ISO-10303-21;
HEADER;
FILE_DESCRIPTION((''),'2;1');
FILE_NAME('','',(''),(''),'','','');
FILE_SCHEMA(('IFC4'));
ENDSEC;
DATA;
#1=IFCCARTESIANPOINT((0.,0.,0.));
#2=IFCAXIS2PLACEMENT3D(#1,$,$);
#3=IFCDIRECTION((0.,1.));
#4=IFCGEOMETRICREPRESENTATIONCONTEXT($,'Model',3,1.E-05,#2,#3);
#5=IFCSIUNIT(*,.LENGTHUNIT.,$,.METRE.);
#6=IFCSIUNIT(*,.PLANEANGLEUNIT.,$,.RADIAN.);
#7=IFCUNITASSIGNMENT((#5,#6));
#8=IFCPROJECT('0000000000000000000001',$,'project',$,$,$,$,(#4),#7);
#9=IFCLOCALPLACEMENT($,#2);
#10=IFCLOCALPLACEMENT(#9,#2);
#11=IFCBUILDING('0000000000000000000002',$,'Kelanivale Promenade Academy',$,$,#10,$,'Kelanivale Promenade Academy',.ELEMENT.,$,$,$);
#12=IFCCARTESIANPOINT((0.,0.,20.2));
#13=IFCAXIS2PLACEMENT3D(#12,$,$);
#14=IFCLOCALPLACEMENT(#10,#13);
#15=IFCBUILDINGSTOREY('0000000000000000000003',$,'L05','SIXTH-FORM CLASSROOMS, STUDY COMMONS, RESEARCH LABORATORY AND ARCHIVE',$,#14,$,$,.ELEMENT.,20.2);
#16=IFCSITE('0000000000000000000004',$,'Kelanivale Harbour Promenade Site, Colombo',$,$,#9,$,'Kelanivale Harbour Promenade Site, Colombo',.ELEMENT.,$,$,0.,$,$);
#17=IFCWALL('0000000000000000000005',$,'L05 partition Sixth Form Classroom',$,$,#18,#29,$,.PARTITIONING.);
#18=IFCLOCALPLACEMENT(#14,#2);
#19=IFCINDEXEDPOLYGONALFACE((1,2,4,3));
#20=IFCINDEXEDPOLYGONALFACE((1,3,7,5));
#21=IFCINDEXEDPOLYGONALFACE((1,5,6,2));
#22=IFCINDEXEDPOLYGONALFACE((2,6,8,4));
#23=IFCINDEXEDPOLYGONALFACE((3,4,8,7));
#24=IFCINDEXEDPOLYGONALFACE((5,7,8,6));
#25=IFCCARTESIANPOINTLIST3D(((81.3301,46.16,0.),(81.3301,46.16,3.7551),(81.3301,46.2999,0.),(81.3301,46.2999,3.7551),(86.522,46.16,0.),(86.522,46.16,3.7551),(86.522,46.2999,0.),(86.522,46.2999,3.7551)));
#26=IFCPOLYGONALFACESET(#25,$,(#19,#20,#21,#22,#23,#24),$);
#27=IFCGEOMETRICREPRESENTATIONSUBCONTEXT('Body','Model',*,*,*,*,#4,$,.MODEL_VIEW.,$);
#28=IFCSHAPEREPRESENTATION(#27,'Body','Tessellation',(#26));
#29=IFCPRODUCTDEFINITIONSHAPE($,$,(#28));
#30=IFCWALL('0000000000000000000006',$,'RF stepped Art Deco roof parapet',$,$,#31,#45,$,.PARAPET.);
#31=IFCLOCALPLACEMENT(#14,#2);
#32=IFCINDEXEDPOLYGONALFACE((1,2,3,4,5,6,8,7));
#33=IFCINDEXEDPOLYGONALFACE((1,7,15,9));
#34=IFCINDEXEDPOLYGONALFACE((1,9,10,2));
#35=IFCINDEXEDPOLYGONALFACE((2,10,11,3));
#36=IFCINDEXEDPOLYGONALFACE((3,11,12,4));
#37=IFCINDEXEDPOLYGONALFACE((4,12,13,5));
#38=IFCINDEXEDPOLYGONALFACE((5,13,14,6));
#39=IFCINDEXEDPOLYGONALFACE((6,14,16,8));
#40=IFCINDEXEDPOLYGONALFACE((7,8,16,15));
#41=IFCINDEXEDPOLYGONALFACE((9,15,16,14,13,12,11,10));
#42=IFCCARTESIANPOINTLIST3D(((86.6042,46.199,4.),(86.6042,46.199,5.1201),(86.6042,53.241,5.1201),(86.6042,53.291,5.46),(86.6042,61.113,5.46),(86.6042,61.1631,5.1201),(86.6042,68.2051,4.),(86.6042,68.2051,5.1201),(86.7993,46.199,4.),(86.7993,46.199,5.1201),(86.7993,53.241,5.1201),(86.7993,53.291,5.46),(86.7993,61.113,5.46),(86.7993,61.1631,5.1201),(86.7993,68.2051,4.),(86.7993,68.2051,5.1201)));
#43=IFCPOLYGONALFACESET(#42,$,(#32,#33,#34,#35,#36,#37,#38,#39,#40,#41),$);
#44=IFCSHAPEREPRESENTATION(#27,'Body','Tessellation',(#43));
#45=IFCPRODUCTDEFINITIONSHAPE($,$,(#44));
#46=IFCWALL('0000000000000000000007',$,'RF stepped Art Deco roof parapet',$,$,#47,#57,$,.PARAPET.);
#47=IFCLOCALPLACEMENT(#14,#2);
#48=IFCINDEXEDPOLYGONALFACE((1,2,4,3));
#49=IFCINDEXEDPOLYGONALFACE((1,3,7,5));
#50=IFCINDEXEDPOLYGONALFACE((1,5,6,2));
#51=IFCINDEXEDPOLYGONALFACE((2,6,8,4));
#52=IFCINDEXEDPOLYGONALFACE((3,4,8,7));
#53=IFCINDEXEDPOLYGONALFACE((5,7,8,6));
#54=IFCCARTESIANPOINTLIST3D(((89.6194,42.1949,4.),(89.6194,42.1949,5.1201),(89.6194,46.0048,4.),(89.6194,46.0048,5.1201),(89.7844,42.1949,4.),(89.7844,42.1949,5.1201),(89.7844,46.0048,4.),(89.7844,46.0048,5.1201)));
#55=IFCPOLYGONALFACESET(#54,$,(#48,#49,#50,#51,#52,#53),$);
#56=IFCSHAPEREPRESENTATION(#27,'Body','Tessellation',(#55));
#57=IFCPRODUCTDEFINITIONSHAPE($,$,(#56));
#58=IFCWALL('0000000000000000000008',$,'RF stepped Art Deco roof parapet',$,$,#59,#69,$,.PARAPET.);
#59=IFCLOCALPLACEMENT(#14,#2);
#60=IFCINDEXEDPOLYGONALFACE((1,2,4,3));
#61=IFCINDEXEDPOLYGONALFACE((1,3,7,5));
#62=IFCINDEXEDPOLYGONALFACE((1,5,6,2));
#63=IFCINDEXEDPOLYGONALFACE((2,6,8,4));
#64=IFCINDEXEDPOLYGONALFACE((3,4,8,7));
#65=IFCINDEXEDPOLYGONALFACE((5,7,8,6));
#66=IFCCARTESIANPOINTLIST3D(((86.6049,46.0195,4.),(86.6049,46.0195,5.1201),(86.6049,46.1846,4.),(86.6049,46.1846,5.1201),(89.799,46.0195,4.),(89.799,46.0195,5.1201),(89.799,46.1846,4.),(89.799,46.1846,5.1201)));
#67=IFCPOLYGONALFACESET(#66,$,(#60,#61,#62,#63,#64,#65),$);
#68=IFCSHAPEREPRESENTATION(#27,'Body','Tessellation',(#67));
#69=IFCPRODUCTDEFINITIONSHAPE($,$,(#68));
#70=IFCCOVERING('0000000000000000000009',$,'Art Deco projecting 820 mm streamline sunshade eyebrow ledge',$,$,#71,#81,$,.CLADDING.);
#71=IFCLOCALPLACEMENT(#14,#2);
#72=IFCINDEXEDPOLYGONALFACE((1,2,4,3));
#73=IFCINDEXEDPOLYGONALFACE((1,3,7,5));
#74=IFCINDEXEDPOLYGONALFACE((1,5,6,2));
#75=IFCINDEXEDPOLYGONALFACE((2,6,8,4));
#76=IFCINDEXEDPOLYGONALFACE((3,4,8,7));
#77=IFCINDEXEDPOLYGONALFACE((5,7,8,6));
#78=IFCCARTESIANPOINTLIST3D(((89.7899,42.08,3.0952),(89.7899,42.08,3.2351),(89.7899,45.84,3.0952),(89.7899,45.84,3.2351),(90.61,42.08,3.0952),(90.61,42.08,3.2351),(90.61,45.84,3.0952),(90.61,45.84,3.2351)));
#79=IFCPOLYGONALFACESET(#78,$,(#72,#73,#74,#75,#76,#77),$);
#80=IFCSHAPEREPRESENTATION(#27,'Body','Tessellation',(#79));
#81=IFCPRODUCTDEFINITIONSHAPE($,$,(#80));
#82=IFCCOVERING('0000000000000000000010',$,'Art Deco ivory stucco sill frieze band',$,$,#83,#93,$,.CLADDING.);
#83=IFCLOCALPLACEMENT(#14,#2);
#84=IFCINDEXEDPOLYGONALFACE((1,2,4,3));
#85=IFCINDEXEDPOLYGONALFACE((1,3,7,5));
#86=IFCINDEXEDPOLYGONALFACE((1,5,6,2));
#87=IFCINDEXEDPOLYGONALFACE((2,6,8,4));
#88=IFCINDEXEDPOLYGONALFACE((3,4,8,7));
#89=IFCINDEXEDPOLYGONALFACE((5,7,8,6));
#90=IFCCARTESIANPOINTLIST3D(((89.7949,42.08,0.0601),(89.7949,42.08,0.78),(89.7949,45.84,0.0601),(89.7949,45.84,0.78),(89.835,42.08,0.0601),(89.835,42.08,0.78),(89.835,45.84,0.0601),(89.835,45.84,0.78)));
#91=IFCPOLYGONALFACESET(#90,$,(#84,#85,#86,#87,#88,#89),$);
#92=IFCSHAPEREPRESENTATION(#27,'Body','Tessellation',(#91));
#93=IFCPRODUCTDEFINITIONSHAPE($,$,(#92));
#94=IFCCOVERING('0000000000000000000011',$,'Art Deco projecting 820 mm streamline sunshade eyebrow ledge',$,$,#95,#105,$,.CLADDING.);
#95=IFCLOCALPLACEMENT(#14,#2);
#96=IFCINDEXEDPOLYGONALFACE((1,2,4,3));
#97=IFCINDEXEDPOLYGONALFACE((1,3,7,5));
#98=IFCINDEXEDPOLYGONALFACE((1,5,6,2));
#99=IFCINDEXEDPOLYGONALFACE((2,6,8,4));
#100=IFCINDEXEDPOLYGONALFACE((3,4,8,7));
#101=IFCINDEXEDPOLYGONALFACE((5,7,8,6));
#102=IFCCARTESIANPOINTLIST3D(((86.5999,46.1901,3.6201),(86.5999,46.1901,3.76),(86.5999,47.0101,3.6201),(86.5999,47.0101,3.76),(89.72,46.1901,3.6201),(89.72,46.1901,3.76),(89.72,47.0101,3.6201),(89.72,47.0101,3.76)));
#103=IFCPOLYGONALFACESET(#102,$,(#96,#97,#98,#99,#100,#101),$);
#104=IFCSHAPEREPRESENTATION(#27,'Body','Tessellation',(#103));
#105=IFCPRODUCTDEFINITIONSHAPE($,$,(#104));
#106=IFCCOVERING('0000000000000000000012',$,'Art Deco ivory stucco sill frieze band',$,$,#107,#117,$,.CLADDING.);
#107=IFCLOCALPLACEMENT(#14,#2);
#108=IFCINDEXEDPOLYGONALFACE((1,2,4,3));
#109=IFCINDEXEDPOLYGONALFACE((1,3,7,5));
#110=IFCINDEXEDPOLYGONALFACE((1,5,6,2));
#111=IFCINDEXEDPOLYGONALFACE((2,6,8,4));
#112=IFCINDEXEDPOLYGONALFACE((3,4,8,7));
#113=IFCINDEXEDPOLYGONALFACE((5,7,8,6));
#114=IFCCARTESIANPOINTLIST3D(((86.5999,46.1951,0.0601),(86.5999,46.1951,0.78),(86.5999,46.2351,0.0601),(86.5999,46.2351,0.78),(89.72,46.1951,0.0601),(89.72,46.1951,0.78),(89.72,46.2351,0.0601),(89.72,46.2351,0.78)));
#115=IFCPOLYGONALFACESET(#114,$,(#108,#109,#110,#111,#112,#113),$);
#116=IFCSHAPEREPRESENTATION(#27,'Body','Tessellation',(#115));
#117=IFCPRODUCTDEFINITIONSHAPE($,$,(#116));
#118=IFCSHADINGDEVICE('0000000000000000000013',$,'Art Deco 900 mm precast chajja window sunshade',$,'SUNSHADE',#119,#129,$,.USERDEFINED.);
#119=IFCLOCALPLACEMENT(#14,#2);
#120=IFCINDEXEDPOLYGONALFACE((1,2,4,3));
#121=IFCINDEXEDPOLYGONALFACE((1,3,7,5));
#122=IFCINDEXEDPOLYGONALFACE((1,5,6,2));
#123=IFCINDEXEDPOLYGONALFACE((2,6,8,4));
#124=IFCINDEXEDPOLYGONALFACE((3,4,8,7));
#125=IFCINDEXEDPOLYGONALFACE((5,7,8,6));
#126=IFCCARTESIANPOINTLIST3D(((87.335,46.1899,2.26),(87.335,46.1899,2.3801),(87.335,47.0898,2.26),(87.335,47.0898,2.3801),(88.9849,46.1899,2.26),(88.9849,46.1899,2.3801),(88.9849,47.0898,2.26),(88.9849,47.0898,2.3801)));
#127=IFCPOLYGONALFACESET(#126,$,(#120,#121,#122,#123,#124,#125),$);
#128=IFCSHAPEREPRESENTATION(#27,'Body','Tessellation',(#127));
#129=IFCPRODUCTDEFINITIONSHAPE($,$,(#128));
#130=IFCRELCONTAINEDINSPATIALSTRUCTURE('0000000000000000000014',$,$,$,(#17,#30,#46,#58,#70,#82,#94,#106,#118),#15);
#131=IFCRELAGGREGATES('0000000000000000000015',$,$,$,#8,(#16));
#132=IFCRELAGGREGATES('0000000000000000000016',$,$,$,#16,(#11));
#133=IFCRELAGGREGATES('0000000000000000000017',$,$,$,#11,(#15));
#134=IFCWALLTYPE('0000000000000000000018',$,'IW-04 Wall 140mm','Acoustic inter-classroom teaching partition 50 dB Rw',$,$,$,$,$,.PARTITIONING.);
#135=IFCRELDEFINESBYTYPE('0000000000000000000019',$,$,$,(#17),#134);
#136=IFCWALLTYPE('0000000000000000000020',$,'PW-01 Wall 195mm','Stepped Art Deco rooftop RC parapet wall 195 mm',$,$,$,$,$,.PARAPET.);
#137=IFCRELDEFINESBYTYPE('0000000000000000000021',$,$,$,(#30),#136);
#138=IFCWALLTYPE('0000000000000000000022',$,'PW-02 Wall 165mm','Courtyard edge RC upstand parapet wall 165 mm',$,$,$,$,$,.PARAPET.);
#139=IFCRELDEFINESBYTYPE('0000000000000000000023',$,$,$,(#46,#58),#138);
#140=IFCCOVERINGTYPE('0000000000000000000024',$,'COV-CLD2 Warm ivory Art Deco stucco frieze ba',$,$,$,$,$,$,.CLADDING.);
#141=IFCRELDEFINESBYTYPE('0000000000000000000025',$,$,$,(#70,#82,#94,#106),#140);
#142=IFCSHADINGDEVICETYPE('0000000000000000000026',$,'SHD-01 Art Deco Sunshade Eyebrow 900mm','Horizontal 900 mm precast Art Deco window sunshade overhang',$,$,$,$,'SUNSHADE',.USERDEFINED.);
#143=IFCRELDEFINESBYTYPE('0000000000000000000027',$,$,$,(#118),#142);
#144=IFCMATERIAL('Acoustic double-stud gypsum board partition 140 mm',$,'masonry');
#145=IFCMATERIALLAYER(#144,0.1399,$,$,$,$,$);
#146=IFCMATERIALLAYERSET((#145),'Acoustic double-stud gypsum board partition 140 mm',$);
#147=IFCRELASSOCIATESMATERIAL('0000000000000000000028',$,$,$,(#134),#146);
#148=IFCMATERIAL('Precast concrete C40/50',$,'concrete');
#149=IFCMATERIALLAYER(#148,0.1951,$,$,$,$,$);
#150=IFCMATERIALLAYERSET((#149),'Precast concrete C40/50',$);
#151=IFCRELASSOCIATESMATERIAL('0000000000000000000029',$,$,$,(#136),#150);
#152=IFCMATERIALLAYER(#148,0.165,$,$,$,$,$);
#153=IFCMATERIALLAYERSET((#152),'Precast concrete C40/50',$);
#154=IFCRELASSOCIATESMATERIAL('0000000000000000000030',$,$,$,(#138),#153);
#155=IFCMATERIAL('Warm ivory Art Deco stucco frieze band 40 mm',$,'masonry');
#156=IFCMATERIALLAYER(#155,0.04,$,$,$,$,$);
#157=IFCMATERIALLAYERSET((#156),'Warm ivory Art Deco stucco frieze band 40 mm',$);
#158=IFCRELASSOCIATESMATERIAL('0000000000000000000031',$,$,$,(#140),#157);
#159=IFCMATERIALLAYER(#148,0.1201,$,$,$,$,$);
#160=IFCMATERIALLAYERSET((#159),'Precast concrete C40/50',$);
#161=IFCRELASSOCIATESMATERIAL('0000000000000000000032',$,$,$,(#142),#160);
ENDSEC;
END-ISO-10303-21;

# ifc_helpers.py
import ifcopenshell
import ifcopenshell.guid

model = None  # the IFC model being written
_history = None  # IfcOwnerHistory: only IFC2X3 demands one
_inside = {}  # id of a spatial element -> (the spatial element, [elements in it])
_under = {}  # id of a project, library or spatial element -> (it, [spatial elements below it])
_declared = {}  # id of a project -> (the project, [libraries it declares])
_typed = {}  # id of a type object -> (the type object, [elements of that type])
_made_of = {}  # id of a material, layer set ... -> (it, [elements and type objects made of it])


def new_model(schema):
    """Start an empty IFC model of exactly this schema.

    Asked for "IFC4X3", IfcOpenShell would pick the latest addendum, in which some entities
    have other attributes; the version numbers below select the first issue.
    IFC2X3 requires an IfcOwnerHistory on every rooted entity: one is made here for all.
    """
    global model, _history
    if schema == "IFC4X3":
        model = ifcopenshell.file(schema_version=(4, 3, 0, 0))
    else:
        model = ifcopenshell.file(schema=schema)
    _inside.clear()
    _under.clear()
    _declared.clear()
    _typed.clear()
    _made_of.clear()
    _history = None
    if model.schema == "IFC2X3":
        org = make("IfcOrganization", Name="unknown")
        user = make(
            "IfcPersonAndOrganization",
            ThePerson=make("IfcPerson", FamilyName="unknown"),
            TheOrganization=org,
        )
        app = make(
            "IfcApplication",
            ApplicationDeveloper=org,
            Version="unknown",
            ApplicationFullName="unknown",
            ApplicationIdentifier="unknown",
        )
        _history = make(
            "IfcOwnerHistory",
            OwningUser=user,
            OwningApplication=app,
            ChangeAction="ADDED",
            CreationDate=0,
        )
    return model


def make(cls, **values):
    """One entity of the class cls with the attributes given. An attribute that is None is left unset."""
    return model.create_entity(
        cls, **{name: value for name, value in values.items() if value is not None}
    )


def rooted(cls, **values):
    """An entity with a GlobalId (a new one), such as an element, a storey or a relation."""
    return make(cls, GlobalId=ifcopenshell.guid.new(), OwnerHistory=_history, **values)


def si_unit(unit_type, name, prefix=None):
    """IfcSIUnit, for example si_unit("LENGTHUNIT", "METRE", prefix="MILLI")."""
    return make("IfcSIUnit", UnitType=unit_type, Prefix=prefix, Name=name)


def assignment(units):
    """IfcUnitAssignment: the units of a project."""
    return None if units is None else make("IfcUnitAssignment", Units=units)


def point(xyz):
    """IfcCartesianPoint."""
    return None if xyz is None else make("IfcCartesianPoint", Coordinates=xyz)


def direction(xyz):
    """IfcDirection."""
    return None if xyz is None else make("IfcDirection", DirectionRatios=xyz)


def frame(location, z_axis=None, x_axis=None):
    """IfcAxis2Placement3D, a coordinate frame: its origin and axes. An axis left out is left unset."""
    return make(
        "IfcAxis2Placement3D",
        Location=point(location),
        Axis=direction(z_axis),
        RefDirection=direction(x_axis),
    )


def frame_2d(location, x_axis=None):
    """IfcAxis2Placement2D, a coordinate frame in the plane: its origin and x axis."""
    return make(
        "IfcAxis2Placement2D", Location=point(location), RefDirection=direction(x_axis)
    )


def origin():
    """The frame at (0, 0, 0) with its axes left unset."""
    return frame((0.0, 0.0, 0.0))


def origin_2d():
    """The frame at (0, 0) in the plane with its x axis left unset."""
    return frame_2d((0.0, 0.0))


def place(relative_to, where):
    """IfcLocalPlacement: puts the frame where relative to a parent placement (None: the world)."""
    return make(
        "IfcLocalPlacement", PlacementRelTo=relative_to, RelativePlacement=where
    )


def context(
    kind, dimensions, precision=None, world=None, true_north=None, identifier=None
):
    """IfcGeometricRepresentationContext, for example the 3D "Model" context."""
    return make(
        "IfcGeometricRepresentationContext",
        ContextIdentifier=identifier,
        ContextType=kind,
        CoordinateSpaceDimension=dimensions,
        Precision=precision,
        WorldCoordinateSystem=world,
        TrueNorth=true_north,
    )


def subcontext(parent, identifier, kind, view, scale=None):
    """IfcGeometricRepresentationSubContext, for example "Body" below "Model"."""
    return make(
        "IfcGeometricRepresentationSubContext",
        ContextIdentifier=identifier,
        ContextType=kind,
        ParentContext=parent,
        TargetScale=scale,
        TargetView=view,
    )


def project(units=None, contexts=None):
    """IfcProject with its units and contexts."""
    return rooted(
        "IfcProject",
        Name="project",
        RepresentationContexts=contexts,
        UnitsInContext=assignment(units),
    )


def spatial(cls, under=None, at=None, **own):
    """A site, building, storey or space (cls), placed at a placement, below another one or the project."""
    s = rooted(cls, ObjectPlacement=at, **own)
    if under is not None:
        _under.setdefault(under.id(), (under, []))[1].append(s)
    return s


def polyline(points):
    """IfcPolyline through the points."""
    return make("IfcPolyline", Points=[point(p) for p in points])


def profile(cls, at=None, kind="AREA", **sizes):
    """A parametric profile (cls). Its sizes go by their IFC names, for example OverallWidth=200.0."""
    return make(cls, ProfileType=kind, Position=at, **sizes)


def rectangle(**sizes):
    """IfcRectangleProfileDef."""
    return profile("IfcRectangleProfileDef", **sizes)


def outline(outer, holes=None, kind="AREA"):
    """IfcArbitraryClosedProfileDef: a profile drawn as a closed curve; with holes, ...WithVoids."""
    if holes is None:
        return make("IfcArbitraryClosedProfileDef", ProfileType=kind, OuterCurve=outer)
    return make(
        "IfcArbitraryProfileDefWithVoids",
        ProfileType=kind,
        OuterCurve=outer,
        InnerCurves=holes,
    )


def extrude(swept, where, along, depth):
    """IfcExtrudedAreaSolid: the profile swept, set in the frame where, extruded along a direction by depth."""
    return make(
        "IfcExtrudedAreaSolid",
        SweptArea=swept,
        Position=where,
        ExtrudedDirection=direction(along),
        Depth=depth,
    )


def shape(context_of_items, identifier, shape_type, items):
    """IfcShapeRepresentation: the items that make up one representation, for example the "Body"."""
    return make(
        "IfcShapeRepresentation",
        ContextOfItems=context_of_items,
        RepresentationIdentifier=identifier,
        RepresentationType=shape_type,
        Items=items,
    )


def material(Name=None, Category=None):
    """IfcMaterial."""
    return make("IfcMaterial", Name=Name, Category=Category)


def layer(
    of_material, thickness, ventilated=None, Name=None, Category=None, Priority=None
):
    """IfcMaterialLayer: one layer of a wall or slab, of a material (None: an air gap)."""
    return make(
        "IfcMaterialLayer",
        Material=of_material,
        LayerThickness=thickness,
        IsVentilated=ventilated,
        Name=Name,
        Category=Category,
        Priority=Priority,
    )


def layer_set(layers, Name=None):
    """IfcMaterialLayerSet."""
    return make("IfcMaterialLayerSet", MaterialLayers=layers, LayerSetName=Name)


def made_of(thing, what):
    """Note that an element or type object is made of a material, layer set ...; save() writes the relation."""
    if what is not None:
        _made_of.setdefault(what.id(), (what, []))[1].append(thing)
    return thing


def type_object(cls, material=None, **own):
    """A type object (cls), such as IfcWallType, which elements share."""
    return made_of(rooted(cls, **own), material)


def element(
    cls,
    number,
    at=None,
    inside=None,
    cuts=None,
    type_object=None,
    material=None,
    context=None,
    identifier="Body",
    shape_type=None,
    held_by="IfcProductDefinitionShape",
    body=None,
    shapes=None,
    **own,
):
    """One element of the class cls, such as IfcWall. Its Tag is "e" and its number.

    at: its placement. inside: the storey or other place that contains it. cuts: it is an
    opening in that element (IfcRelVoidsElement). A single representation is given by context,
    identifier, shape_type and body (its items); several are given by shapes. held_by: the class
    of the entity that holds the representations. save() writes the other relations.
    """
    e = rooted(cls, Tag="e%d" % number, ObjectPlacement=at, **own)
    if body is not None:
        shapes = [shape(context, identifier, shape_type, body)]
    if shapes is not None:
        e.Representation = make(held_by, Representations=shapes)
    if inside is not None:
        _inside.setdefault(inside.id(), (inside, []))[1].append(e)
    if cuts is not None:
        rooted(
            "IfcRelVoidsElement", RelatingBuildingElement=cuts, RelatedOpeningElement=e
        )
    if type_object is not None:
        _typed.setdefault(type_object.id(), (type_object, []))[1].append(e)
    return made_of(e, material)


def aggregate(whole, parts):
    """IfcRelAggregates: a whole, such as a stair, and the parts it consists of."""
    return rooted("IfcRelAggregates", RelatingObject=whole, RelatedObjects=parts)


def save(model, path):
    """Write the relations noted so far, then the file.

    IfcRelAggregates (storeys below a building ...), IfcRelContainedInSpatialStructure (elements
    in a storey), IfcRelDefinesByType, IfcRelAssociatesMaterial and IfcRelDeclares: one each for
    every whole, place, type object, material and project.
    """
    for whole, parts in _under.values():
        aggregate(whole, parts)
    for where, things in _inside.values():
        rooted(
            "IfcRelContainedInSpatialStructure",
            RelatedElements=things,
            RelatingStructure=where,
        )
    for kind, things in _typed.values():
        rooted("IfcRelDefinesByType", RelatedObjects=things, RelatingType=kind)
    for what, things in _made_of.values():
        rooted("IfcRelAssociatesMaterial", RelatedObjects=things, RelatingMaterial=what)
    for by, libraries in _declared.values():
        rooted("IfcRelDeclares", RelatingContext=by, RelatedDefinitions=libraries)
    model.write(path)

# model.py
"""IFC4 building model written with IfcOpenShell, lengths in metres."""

from ifc_helpers import new_model, si_unit, direction, frame, frame_2d, origin, origin_2d, place, context, subcontext, project, spatial, polyline, rectangle, outline, extrude, material, layer, layer_set, type_object, element, save


model = new_model("IFC4")

# Units and contexts
model_context = context("Model", 3, precision=1e-05, world=origin(), true_north=direction((0.0, 1.0)))
body_context = subcontext(model_context, "Body", "Model", "MODEL_VIEW")
ifc_project = project(units=[si_unit("LENGTHUNIT", "METRE"), si_unit("PLANEANGLEUNIT", "RADIAN")], contexts=[model_context])

# Site, building, storey
site_placement = place(None, origin())
site = spatial("IfcSite", under=ifc_project, at=site_placement, Name="Kelanivale Harbour Promenade Site, Colombo", LongName="Kelanivale Harbour Promenade Site, Colombo", CompositionType="ELEMENT", RefElevation=0.0)
building_placement = place(site_placement, origin())
building = spatial("IfcBuilding", under=site, at=building_placement, Name="Kelanivale Promenade Academy", LongName="Kelanivale Promenade Academy", CompositionType="ELEMENT")
storey_placement = place(building_placement, frame((0.0, 0.0, 20.2)))
storey = spatial("IfcBuildingStorey", under=building, at=storey_placement, Name="L05", Description="SIXTH-FORM CLASSROOMS, STUDY COMMONS, RESEARCH LABORATORY AND ARCHIVE", CompositionType="ELEMENT", Elevation=20.2)

# Walls
ifc_material_1 = material(Name="Acoustic double-stud gypsum board partition 140 mm", Category="masonry")
ifc_layer_1 = layer(ifc_material_1, 0.1399)
ifc_layer_set_1 = layer_set([ifc_layer_1], Name="Acoustic double-stud gypsum board partition 140 mm")
wall_type_1 = type_object("IfcWallType", Name="IW-04 Wall 140mm", Description="Acoustic inter-classroom teaching partition 50 dB Rw", PredefinedType="PARTITIONING", material=ifc_layer_set_1)
wall_1_placement = place(storey_placement, frame((81.3301, 46.23, 0.0), z_axis=(0.0, 0.0, 1.0), x_axis=(1.0, 0.0, 0.0)))
element("IfcWall", 1, at=wall_1_placement, inside=storey, type_object=wall_type_1, Name="L05 partition Sixth Form Classroom", PredefinedType="PARTITIONING", context=body_context, shape_type="SweptSolid", body=[
    extrude(rectangle(XDim=5.1919, YDim=0.1399, at=frame_2d((2.5959, 0.0))), origin(), (0.0, 0.0, 1.0), 3.7551),
])
ifc_material_2 = material(Name="Precast concrete C40/50", Category="concrete")
ifc_layer_2 = layer(ifc_material_2, 0.1951)
ifc_layer_set_2 = layer_set([ifc_layer_2], Name="Precast concrete C40/50")
wall_type_2 = type_object("IfcWallType", Name="PW-01 Wall 195mm", Description="Stepped Art Deco rooftop RC parapet wall 195 mm", PredefinedType="PARAPET", material=ifc_layer_set_2)
wall_2_placement = place(storey_placement, frame((86.7019, 46.199, 4.0), z_axis=(0.0, 0.0, 1.0), x_axis=(0.0, 1.0, 0.0)))
element("IfcWall", 2, at=wall_2_placement, inside=storey, type_object=wall_type_2, Name="RF stepped Art Deco roof parapet", PredefinedType="PARAPET", context=body_context, shape_type="SweptSolid", body=[
    extrude(outline(polyline([(0.0, 0.0), (22.0061, 0.0), (22.0061, 1.1201), (14.9641, 1.1201), (14.9141, 1.46), (7.092, 1.46), (7.042, 1.1201), (0.0, 1.1201), (0.0, 0.0)])), frame((0.0, 0.0977, 0.0), z_axis=(0.0, -1.0, 0.0), x_axis=(1.0, 0.0, 0.0)), (0.0, 0.0, 1.0), 0.1951),
])
ifc_layer_3 = layer(ifc_material_2, 0.165)
ifc_layer_set_3 = layer_set([ifc_layer_3], Name="Precast concrete C40/50")
wall_type_3 = type_object("IfcWallType", Name="PW-02 Wall 165mm", Description="Courtyard edge RC upstand parapet wall 165 mm", PredefinedType="PARAPET", material=ifc_layer_set_3)
wall_3_placement = place(storey_placement, frame((89.7019, 42.1951, 4.0), z_axis=(0.0, 0.0, 1.0), x_axis=(0.0, 1.0, 0.0)))
element("IfcWall", 3, at=wall_3_placement, inside=storey, type_object=wall_type_3, Name="RF stepped Art Deco roof parapet", PredefinedType="PARAPET", context=body_context, shape_type="SweptSolid", body=[
    extrude(rectangle(XDim=3.8098, YDim=0.165, at=frame_2d((1.9048, 0.0))), origin(), (0.0, 0.0, 1.0), 1.1201),
])
wall_4_placement = place(storey_placement, frame((89.7991, 46.1021, 4.0), z_axis=(0.0, 0.0, 1.0), x_axis=(-1.0, 0.0, 0.0)))
element("IfcWall", 4, at=wall_4_placement, inside=storey, type_object=wall_type_3, Name="RF stepped Art Deco roof parapet", PredefinedType="PARAPET", context=body_context, shape_type="SweptSolid", body=[
    extrude(rectangle(XDim=3.1941, YDim=0.165, at=frame_2d((1.5972, 0.0))), origin(), (0.0, 0.0, 1.0), 1.1201),
])

# Coverings
ifc_material_3 = material(Name="Warm ivory Art Deco stucco frieze band 40 mm", Category="masonry")
ifc_layer_4 = layer(ifc_material_3, 0.04)
ifc_layer_set_4 = layer_set([ifc_layer_4], Name="Warm ivory Art Deco stucco frieze band 40 mm")
covering_type = type_object("IfcCoveringType", Name="COV-CLD2 Warm ivory Art Deco stucco frieze ba", PredefinedType="CLADDING", material=ifc_layer_set_4)
covering_1_placement = place(storey_placement, frame((90.2, 43.96, 3.0952), z_axis=(0.0, 0.0, 1.0), x_axis=(0.0, 1.0, 0.0)))
element("IfcCovering", 5, at=covering_1_placement, inside=storey, type_object=covering_type, Name="Art Deco projecting 820 mm streamline sunshade eyebrow ledge", PredefinedType="CLADDING", context=body_context, shape_type="SweptSolid", body=[
    extrude(rectangle(XDim=3.76, YDim=0.8201, at=origin_2d()), origin(), (0.0, 0.0, 1.0), 0.1399),
])
covering_2_placement = place(storey_placement, frame((89.8149, 43.96, 0.0601), z_axis=(0.0, 0.0, 1.0), x_axis=(0.0, 1.0, 0.0)))
element("IfcCovering", 6, at=covering_2_placement, inside=storey, type_object=covering_type, Name="Art Deco ivory stucco sill frieze band", PredefinedType="CLADDING", context=body_context, shape_type="SweptSolid", body=[
    extrude(rectangle(XDim=3.76, YDim=0.04, at=origin_2d()), origin(), (0.0, 0.0, 1.0), 0.72),
])
covering_3_placement = place(storey_placement, frame((88.1599, 46.6001, 3.6201), z_axis=(0.0, 0.0, 1.0), x_axis=(-1.0, 0.0, 0.0)))
element("IfcCovering", 7, at=covering_3_placement, inside=storey, type_object=covering_type, Name="Art Deco projecting 820 mm streamline sunshade eyebrow ledge", PredefinedType="CLADDING", context=body_context, shape_type="SweptSolid", body=[
    extrude(rectangle(XDim=3.1201, YDim=0.8201, at=origin_2d()), origin(), (0.0, 0.0, 1.0), 0.1399),
])
covering_4_placement = place(storey_placement, frame((88.1599, 46.2151, 0.0601), z_axis=(0.0, 0.0, 1.0), x_axis=(-1.0, 0.0, 0.0)))
element("IfcCovering", 8, at=covering_4_placement, inside=storey, type_object=covering_type, Name="Art Deco ivory stucco sill frieze band", PredefinedType="CLADDING", context=body_context, shape_type="SweptSolid", body=[
    extrude(rectangle(XDim=3.1201, YDim=0.04, at=origin_2d()), origin(), (0.0, 0.0, 1.0), 0.72),
])

# Shading device
ifc_layer_5 = layer(ifc_material_2, 0.1201)
ifc_layer_set_5 = layer_set([ifc_layer_5], Name="Precast concrete C40/50")
shading_device_type = type_object("IfcShadingDeviceType", Name="SHD-01 Art Deco Sunshade Eyebrow 900mm", Description="Horizontal 900 mm precast Art Deco window sunshade overhang", ElementType="SUNSHADE", PredefinedType="USERDEFINED", material=ifc_layer_set_5)
shading_device_placement = place(storey_placement, frame((88.1599, 46.6399, 2.26), z_axis=(0.0, 0.0, 1.0), x_axis=(-1.0, 0.0, 0.0)))
element("IfcShadingDevice", 9, at=shading_device_placement, inside=storey, type_object=shading_device_type, Name="Art Deco 900 mm precast chajja window sunshade", ObjectType="SUNSHADE", PredefinedType="USERDEFINED", context=body_context, shape_type="SweptSolid", body=[
    extrude(rectangle(XDim=1.6499, YDim=0.8999, at=origin_2d()), origin(), (0.0, 0.0, 1.0), 0.1201),
])

save(model, "model.ifc")
